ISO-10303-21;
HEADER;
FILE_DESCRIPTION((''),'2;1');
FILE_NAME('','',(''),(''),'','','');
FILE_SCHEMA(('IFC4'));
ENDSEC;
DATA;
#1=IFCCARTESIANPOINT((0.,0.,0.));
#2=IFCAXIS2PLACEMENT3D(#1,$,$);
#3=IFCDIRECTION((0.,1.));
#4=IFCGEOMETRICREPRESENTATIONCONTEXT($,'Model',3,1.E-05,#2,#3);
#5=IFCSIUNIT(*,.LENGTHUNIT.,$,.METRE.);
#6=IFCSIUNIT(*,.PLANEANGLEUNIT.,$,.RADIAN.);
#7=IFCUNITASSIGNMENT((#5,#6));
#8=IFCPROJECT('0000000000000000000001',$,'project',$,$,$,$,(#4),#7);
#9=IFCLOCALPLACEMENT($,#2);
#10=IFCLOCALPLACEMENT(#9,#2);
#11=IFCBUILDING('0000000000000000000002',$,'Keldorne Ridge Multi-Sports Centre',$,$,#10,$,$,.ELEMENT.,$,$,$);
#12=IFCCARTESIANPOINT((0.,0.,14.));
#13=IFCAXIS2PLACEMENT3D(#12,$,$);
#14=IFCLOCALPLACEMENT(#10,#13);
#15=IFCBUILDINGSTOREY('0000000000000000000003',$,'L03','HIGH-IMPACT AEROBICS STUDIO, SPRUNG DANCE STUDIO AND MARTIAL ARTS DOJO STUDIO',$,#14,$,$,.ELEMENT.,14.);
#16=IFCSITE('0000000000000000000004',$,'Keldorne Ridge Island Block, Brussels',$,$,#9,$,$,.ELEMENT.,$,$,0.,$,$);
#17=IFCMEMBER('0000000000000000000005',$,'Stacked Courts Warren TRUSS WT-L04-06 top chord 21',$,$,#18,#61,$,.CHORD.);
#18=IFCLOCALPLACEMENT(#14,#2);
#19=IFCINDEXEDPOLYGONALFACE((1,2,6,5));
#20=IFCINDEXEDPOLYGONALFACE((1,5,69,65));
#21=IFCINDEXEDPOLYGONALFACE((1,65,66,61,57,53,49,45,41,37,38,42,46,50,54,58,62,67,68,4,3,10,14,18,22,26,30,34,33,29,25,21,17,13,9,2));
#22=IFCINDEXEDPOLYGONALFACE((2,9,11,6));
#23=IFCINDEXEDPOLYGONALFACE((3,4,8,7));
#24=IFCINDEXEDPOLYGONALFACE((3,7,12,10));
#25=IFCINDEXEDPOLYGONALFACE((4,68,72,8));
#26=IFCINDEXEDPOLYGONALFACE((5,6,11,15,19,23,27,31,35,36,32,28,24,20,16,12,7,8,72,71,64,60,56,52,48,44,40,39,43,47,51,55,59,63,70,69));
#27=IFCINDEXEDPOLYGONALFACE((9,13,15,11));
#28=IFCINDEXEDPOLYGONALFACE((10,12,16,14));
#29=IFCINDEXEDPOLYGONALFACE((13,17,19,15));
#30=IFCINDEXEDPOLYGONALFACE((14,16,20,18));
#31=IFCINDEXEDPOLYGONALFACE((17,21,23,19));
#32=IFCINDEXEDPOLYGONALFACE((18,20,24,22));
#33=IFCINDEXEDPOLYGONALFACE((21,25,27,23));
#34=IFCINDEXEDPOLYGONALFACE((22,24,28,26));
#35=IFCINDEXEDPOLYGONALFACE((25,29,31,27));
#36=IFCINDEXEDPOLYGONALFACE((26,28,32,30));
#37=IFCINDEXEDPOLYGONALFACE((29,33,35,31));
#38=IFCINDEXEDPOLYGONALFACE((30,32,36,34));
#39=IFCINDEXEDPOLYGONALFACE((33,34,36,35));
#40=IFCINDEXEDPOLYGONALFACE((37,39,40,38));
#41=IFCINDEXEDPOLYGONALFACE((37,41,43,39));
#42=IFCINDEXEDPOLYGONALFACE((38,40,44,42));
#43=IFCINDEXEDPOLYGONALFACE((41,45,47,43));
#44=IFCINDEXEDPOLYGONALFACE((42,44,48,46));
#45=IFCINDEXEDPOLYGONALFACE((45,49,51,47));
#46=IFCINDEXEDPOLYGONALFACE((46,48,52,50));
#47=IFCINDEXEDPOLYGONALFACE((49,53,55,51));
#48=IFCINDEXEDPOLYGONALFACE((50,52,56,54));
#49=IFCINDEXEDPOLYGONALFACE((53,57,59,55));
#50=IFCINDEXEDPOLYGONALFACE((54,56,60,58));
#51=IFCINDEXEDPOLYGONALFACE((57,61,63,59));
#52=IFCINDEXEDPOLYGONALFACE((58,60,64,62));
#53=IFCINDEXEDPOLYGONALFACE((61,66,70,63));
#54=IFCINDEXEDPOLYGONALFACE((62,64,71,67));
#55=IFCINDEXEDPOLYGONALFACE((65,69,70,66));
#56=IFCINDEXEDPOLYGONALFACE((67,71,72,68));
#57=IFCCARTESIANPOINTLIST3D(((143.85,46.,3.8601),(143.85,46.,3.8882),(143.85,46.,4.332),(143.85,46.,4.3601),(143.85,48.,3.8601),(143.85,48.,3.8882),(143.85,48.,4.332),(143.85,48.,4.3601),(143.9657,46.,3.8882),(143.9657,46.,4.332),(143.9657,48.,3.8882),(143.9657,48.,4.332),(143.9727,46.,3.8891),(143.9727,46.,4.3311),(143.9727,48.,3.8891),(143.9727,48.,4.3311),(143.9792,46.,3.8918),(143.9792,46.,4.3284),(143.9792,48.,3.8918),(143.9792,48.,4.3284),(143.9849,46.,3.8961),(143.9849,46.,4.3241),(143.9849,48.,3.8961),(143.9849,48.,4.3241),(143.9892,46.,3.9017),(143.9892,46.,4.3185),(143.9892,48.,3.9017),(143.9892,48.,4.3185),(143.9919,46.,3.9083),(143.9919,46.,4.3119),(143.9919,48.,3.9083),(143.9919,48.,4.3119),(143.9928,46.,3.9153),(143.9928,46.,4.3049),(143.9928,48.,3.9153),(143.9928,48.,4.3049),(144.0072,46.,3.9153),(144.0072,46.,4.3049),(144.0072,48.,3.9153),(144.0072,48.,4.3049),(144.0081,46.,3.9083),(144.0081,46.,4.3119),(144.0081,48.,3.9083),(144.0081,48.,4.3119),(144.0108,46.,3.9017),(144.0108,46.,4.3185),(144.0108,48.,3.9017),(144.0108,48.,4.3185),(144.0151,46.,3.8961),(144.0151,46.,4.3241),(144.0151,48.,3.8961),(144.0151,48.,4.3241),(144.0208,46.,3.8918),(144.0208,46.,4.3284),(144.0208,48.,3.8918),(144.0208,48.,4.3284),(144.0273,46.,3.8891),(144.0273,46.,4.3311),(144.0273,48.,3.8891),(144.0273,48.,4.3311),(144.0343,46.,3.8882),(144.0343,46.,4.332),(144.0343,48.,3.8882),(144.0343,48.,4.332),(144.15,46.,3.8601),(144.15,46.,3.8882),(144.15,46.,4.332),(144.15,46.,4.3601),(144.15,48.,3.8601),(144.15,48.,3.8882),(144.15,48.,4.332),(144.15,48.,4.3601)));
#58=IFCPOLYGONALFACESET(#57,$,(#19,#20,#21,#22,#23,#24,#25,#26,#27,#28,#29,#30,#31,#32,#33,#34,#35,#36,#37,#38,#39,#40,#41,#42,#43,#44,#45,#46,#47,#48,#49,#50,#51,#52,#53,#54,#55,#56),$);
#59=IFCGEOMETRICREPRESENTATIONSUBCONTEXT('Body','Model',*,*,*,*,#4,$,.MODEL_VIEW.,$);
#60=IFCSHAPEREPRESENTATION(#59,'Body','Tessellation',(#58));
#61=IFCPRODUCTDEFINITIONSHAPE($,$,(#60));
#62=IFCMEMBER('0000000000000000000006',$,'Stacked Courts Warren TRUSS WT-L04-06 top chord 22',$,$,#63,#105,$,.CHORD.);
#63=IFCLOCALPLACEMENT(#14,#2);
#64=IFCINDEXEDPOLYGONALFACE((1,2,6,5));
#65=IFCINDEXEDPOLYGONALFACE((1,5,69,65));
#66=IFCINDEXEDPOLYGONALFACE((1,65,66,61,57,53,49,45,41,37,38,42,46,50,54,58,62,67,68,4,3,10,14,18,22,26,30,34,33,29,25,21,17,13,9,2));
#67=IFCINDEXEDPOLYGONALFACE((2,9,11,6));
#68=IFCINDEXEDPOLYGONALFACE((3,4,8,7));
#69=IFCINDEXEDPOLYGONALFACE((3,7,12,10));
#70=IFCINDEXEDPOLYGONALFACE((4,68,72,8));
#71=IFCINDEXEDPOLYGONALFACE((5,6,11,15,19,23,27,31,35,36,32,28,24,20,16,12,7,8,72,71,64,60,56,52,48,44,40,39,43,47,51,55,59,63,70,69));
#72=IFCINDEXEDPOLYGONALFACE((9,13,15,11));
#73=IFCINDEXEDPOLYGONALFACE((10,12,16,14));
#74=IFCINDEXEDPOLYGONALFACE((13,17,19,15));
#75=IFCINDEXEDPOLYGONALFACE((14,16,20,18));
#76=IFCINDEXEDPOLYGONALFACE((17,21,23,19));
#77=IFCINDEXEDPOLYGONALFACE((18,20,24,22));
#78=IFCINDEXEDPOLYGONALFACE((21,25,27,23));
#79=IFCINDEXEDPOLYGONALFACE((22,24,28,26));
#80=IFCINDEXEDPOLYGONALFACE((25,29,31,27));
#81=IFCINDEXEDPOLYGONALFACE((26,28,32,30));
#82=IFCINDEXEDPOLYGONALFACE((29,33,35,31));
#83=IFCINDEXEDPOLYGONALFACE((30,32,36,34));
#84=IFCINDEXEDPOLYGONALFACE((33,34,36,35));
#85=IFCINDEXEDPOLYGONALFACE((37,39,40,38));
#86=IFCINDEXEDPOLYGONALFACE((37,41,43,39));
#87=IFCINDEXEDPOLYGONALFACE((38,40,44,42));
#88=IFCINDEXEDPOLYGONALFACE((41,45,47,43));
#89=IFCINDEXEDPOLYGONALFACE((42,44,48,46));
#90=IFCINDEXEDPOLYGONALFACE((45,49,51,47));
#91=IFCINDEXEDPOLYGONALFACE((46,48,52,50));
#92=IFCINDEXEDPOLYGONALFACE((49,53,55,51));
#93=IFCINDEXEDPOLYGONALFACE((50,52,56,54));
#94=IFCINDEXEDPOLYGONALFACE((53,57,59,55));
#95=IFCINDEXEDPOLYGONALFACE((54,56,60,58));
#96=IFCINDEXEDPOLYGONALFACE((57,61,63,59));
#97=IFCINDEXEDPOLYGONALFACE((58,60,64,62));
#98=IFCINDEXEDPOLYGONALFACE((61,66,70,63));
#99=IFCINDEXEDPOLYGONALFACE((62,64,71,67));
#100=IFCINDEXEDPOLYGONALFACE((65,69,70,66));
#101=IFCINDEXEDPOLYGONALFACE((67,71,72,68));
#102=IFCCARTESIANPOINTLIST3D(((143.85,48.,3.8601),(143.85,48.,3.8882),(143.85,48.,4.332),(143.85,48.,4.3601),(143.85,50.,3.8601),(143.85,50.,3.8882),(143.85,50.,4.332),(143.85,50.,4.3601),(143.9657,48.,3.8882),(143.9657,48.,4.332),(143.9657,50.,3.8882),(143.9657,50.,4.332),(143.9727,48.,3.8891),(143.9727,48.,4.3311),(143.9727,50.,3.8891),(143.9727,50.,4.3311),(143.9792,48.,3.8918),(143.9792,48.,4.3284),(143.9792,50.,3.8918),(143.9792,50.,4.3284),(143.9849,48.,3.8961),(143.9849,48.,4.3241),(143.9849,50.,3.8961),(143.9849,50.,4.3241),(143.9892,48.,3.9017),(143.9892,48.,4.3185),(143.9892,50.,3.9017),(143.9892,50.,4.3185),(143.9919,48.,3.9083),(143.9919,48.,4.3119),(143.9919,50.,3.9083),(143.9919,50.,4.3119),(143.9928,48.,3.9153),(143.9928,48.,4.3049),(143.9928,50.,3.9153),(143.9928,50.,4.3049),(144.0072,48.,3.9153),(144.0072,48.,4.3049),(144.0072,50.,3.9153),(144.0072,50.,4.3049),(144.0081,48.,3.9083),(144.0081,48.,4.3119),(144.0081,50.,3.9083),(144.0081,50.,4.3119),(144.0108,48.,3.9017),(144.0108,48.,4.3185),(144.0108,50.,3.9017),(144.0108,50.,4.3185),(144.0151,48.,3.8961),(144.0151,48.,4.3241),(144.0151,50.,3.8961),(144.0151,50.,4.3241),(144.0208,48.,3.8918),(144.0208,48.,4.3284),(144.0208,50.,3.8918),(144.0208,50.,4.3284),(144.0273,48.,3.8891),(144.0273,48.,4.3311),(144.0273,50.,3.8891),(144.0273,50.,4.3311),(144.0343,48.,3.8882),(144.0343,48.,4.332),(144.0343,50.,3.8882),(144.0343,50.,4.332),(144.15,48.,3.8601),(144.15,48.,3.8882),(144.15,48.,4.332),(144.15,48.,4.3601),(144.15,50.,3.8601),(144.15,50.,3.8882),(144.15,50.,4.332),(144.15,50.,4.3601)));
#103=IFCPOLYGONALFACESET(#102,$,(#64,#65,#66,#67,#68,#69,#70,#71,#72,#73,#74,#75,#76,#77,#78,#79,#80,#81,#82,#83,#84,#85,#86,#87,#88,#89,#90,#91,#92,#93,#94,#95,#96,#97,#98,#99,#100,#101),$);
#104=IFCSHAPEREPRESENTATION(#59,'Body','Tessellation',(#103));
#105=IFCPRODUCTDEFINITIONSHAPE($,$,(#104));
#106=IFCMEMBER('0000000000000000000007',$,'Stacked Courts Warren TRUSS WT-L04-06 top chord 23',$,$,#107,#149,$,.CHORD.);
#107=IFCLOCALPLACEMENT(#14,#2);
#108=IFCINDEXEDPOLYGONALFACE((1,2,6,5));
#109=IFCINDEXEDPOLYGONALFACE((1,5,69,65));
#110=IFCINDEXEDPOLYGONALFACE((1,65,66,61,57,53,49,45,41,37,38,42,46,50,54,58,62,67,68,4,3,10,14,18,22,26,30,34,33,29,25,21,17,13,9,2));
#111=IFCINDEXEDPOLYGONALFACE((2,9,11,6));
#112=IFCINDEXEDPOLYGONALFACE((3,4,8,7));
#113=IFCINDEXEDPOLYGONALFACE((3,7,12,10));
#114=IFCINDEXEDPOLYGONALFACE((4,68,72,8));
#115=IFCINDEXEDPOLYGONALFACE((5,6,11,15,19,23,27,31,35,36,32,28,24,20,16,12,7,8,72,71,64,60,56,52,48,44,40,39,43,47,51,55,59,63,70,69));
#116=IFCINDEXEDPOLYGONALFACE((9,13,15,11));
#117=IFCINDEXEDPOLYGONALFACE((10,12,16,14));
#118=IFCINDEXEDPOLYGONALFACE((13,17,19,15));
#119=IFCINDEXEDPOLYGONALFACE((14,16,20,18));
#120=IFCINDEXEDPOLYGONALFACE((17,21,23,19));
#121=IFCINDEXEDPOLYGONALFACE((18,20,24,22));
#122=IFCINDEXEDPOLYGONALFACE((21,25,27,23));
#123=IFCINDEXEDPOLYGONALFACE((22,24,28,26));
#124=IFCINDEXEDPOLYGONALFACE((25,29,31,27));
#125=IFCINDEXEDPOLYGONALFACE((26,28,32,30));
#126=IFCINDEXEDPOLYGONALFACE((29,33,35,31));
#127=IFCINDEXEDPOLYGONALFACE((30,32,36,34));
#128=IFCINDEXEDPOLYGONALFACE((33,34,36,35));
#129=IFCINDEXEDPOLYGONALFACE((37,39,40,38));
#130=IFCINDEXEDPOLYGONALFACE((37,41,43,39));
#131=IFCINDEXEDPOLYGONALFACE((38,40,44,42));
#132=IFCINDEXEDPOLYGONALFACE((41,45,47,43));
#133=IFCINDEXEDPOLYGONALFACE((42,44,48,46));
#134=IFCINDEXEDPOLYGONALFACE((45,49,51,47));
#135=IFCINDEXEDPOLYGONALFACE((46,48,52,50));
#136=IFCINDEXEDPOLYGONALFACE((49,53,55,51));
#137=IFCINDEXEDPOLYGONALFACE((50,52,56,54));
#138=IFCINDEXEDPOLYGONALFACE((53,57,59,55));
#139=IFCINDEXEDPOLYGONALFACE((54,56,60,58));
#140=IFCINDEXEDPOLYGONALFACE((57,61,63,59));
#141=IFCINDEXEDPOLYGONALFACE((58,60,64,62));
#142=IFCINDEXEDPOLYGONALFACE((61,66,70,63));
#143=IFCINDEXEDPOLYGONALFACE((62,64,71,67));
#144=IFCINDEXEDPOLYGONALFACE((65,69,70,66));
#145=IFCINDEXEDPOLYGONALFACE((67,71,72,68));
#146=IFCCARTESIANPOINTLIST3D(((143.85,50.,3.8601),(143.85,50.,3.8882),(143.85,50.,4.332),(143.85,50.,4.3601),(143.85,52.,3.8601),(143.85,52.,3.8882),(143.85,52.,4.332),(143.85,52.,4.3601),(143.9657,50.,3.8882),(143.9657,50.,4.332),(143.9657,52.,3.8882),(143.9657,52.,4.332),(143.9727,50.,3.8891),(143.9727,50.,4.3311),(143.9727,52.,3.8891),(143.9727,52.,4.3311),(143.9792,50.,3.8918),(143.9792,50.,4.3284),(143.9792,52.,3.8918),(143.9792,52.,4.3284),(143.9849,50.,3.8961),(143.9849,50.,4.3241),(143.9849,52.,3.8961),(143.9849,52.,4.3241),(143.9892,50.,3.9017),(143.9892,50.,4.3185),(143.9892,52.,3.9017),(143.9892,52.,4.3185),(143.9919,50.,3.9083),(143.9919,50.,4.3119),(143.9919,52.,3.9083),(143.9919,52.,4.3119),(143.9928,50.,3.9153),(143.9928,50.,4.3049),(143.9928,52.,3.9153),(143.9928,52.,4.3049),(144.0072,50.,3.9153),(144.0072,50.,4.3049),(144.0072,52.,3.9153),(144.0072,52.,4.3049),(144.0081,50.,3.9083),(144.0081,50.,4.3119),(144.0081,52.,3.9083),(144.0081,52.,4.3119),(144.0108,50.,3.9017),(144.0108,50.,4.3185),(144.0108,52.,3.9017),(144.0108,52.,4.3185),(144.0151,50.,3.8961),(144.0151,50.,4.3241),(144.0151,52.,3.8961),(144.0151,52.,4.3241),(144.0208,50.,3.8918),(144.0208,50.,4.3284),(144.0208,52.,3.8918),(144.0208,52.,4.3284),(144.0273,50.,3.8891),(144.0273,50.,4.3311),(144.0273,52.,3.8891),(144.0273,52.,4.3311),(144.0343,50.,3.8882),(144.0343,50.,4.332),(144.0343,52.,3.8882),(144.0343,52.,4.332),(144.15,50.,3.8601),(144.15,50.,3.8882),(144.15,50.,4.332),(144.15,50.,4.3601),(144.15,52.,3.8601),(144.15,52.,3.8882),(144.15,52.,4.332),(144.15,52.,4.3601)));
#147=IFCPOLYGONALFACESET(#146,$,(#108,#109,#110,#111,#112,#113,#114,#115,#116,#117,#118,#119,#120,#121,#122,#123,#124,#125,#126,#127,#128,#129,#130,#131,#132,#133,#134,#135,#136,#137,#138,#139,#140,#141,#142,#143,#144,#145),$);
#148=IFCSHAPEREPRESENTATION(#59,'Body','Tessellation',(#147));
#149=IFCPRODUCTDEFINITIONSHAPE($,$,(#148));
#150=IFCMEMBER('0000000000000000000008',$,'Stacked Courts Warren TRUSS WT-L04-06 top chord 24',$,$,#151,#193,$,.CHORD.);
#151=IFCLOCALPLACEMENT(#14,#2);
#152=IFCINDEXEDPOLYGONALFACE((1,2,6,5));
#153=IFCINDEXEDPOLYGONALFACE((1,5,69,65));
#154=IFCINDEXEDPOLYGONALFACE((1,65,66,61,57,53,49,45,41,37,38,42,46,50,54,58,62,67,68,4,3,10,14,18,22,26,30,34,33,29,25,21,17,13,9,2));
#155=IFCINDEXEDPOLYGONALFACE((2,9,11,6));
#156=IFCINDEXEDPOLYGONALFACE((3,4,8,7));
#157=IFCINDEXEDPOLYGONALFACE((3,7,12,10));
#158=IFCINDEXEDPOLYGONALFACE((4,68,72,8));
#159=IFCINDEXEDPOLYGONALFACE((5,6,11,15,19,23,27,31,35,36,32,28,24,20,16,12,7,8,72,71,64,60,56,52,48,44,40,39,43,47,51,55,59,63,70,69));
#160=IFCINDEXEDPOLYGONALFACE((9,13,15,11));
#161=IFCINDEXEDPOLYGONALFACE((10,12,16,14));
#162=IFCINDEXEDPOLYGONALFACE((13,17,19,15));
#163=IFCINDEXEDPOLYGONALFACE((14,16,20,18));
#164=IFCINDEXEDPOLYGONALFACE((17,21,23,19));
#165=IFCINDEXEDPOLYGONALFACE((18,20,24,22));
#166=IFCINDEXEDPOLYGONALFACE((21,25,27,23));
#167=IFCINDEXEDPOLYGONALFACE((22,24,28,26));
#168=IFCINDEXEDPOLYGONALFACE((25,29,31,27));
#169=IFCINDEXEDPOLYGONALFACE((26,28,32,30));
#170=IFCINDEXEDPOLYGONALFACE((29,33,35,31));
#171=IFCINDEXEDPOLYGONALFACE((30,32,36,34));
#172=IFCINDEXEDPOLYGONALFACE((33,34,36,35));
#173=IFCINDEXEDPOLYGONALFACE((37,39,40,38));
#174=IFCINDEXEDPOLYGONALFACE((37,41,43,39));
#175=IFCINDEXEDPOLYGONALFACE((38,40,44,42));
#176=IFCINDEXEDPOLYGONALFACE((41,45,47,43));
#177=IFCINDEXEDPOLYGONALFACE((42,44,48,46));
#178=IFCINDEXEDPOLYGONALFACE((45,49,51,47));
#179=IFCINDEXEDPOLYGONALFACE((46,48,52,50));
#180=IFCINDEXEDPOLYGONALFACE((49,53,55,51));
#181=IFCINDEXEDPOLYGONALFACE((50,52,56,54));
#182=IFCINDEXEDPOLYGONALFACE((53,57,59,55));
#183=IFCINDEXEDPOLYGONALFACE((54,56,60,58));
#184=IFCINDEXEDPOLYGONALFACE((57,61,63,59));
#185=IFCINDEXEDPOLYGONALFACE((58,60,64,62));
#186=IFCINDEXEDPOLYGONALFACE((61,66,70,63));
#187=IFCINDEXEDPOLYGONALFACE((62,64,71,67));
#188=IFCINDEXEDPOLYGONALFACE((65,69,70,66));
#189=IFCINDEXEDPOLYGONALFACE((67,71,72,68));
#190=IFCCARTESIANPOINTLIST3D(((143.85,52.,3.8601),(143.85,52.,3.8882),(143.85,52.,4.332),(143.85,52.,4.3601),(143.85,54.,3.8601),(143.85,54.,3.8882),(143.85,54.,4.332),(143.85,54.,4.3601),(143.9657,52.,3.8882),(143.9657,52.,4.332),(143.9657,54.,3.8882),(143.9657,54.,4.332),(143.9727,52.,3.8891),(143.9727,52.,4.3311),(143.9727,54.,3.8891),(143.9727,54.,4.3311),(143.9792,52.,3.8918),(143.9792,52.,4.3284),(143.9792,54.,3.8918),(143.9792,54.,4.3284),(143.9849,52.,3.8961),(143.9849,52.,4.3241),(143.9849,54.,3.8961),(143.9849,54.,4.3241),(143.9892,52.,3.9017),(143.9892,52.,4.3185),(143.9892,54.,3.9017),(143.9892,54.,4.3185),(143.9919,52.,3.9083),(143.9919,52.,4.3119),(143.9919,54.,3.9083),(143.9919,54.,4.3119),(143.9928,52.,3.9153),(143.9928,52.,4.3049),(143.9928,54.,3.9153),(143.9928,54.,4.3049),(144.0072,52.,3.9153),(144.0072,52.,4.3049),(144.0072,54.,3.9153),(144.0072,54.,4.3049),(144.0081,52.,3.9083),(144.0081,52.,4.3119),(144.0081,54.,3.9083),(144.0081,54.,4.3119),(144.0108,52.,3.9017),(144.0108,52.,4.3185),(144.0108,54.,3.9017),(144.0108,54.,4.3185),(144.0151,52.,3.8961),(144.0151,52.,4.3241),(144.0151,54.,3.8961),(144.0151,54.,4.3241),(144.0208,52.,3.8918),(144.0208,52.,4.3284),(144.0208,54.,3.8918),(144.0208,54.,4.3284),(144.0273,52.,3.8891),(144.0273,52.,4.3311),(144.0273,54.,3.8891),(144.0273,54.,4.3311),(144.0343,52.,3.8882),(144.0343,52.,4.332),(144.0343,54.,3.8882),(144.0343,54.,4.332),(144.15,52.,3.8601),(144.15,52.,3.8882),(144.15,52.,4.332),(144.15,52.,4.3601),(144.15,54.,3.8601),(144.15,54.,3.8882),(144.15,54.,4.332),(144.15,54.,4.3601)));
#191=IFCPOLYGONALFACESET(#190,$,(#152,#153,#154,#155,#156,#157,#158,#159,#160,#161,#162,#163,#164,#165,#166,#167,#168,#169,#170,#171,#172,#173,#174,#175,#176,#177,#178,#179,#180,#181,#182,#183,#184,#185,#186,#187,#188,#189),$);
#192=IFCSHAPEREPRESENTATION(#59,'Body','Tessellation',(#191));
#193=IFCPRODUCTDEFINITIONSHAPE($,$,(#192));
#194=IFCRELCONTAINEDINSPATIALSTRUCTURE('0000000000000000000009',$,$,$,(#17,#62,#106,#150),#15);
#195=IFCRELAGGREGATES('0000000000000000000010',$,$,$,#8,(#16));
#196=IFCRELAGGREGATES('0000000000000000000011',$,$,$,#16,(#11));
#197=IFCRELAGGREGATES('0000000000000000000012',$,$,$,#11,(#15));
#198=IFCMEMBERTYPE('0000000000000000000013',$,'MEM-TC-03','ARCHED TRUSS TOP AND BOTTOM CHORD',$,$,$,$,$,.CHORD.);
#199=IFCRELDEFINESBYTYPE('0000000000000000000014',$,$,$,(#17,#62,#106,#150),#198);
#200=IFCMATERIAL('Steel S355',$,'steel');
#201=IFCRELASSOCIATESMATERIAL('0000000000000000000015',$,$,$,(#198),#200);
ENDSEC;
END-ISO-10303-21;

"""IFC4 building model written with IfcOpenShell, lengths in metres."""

from ifc_helpers import new_model, si_unit, direction, frame, origin, origin_2d, place, context, subcontext, project, spatial, i_section, extrude, material, material_profile, profile_set, type_object, element, save


model = new_model("IFC4")

# Units and contexts
model_context = context("Model", 3, precision=1e-05, world=origin(), true_north=direction((0.0, 1.0)))
body_context = subcontext(model_context, "Body", "Model", "MODEL_VIEW")
ifc_project = project(units=[si_unit("LENGTHUNIT", "METRE"), si_unit("PLANEANGLEUNIT", "RADIAN")], contexts=[model_context])

# Site, building, storey
site_placement = place(None, origin())
site = spatial("IfcSite", under=ifc_project, at=site_placement, Name="Keldorne Ridge Island Block, Brussels", CompositionType="ELEMENT", RefElevation=0.0)
building_placement = place(site_placement, origin())
building = spatial("IfcBuilding", under=site, at=building_placement, Name="Keldorne Ridge Multi-Sports Centre", CompositionType="ELEMENT")
storey_placement = place(building_placement, frame((0.0, 0.0, 14.0)))
storey = spatial("IfcBuildingStorey", under=building, at=storey_placement, Name="L03", Description="HIGH-IMPACT AEROBICS STUDIO, SPRUNG DANCE STUDIO AND MARTIAL ARTS DOJO STUDIO", CompositionType="ELEMENT", Elevation=14.0)

# Shared definitions
ifc_material_1 = material(Name="Steel S355", Category="steel")

# Members
ifc_material_profile_1 = material_profile(ifc_material_1, i_section(OverallWidth=0.3, OverallDepth=0.5, WebThickness=0.0144, FlangeThickness=0.0281, FilletRadius=0.0271, at=origin_2d()), Name="HEB 500")
ifc_profile_set_1 = profile_set([ifc_material_profile_1], Name="Steel S355")
member_type_1 = type_object("IfcMemberType", Name="MEM-TC-03", Description="ARCHED TRUSS TOP AND BOTTOM CHORD", PredefinedType="CHORD", material=ifc_profile_set_1)
for number, where, z_axis, x_axis, name in (
    (1, (144.0, 46.0, 4.1101), (0.0, 1.0, 0.0), (-1.0, 0.0, 0.0), "Stacked Courts Warren TRUSS WT-L04-06 top chord 21"),
    (2, (144.0, 48.0, 4.1101), (0.0, 1.0, 0.0), (-1.0, 0.0, 0.0), "Stacked Courts Warren TRUSS WT-L04-06 top chord 22"),
    (3, (144.0, 50.0, 4.1101), (0.0, 1.0, 0.0), (-1.0, 0.0, 0.0), "Stacked Courts Warren TRUSS WT-L04-06 top chord 23"),
    (4, (144.0, 52.0, 4.1101), (0.0, 1.0, 0.0), (-1.0, 0.0, 0.0), "Stacked Courts Warren TRUSS WT-L04-06 top chord 24"),
):
    element("IfcMember", number, at=place(storey_placement, frame(where, z_axis=z_axis, x_axis=x_axis)), inside=storey, type_object=member_type_1, Name=name, PredefinedType="CHORD", context=body_context, shape_type="SweptSolid", body=[
        extrude(i_section(OverallWidth=0.3, OverallDepth=0.5, WebThickness=0.0144, FlangeThickness=0.0281, FilletRadius=0.0271, at=origin_2d()), origin(), (0.0, 0.0, 1.0), 2.0),
    ])

save(model, "model.ifc")
